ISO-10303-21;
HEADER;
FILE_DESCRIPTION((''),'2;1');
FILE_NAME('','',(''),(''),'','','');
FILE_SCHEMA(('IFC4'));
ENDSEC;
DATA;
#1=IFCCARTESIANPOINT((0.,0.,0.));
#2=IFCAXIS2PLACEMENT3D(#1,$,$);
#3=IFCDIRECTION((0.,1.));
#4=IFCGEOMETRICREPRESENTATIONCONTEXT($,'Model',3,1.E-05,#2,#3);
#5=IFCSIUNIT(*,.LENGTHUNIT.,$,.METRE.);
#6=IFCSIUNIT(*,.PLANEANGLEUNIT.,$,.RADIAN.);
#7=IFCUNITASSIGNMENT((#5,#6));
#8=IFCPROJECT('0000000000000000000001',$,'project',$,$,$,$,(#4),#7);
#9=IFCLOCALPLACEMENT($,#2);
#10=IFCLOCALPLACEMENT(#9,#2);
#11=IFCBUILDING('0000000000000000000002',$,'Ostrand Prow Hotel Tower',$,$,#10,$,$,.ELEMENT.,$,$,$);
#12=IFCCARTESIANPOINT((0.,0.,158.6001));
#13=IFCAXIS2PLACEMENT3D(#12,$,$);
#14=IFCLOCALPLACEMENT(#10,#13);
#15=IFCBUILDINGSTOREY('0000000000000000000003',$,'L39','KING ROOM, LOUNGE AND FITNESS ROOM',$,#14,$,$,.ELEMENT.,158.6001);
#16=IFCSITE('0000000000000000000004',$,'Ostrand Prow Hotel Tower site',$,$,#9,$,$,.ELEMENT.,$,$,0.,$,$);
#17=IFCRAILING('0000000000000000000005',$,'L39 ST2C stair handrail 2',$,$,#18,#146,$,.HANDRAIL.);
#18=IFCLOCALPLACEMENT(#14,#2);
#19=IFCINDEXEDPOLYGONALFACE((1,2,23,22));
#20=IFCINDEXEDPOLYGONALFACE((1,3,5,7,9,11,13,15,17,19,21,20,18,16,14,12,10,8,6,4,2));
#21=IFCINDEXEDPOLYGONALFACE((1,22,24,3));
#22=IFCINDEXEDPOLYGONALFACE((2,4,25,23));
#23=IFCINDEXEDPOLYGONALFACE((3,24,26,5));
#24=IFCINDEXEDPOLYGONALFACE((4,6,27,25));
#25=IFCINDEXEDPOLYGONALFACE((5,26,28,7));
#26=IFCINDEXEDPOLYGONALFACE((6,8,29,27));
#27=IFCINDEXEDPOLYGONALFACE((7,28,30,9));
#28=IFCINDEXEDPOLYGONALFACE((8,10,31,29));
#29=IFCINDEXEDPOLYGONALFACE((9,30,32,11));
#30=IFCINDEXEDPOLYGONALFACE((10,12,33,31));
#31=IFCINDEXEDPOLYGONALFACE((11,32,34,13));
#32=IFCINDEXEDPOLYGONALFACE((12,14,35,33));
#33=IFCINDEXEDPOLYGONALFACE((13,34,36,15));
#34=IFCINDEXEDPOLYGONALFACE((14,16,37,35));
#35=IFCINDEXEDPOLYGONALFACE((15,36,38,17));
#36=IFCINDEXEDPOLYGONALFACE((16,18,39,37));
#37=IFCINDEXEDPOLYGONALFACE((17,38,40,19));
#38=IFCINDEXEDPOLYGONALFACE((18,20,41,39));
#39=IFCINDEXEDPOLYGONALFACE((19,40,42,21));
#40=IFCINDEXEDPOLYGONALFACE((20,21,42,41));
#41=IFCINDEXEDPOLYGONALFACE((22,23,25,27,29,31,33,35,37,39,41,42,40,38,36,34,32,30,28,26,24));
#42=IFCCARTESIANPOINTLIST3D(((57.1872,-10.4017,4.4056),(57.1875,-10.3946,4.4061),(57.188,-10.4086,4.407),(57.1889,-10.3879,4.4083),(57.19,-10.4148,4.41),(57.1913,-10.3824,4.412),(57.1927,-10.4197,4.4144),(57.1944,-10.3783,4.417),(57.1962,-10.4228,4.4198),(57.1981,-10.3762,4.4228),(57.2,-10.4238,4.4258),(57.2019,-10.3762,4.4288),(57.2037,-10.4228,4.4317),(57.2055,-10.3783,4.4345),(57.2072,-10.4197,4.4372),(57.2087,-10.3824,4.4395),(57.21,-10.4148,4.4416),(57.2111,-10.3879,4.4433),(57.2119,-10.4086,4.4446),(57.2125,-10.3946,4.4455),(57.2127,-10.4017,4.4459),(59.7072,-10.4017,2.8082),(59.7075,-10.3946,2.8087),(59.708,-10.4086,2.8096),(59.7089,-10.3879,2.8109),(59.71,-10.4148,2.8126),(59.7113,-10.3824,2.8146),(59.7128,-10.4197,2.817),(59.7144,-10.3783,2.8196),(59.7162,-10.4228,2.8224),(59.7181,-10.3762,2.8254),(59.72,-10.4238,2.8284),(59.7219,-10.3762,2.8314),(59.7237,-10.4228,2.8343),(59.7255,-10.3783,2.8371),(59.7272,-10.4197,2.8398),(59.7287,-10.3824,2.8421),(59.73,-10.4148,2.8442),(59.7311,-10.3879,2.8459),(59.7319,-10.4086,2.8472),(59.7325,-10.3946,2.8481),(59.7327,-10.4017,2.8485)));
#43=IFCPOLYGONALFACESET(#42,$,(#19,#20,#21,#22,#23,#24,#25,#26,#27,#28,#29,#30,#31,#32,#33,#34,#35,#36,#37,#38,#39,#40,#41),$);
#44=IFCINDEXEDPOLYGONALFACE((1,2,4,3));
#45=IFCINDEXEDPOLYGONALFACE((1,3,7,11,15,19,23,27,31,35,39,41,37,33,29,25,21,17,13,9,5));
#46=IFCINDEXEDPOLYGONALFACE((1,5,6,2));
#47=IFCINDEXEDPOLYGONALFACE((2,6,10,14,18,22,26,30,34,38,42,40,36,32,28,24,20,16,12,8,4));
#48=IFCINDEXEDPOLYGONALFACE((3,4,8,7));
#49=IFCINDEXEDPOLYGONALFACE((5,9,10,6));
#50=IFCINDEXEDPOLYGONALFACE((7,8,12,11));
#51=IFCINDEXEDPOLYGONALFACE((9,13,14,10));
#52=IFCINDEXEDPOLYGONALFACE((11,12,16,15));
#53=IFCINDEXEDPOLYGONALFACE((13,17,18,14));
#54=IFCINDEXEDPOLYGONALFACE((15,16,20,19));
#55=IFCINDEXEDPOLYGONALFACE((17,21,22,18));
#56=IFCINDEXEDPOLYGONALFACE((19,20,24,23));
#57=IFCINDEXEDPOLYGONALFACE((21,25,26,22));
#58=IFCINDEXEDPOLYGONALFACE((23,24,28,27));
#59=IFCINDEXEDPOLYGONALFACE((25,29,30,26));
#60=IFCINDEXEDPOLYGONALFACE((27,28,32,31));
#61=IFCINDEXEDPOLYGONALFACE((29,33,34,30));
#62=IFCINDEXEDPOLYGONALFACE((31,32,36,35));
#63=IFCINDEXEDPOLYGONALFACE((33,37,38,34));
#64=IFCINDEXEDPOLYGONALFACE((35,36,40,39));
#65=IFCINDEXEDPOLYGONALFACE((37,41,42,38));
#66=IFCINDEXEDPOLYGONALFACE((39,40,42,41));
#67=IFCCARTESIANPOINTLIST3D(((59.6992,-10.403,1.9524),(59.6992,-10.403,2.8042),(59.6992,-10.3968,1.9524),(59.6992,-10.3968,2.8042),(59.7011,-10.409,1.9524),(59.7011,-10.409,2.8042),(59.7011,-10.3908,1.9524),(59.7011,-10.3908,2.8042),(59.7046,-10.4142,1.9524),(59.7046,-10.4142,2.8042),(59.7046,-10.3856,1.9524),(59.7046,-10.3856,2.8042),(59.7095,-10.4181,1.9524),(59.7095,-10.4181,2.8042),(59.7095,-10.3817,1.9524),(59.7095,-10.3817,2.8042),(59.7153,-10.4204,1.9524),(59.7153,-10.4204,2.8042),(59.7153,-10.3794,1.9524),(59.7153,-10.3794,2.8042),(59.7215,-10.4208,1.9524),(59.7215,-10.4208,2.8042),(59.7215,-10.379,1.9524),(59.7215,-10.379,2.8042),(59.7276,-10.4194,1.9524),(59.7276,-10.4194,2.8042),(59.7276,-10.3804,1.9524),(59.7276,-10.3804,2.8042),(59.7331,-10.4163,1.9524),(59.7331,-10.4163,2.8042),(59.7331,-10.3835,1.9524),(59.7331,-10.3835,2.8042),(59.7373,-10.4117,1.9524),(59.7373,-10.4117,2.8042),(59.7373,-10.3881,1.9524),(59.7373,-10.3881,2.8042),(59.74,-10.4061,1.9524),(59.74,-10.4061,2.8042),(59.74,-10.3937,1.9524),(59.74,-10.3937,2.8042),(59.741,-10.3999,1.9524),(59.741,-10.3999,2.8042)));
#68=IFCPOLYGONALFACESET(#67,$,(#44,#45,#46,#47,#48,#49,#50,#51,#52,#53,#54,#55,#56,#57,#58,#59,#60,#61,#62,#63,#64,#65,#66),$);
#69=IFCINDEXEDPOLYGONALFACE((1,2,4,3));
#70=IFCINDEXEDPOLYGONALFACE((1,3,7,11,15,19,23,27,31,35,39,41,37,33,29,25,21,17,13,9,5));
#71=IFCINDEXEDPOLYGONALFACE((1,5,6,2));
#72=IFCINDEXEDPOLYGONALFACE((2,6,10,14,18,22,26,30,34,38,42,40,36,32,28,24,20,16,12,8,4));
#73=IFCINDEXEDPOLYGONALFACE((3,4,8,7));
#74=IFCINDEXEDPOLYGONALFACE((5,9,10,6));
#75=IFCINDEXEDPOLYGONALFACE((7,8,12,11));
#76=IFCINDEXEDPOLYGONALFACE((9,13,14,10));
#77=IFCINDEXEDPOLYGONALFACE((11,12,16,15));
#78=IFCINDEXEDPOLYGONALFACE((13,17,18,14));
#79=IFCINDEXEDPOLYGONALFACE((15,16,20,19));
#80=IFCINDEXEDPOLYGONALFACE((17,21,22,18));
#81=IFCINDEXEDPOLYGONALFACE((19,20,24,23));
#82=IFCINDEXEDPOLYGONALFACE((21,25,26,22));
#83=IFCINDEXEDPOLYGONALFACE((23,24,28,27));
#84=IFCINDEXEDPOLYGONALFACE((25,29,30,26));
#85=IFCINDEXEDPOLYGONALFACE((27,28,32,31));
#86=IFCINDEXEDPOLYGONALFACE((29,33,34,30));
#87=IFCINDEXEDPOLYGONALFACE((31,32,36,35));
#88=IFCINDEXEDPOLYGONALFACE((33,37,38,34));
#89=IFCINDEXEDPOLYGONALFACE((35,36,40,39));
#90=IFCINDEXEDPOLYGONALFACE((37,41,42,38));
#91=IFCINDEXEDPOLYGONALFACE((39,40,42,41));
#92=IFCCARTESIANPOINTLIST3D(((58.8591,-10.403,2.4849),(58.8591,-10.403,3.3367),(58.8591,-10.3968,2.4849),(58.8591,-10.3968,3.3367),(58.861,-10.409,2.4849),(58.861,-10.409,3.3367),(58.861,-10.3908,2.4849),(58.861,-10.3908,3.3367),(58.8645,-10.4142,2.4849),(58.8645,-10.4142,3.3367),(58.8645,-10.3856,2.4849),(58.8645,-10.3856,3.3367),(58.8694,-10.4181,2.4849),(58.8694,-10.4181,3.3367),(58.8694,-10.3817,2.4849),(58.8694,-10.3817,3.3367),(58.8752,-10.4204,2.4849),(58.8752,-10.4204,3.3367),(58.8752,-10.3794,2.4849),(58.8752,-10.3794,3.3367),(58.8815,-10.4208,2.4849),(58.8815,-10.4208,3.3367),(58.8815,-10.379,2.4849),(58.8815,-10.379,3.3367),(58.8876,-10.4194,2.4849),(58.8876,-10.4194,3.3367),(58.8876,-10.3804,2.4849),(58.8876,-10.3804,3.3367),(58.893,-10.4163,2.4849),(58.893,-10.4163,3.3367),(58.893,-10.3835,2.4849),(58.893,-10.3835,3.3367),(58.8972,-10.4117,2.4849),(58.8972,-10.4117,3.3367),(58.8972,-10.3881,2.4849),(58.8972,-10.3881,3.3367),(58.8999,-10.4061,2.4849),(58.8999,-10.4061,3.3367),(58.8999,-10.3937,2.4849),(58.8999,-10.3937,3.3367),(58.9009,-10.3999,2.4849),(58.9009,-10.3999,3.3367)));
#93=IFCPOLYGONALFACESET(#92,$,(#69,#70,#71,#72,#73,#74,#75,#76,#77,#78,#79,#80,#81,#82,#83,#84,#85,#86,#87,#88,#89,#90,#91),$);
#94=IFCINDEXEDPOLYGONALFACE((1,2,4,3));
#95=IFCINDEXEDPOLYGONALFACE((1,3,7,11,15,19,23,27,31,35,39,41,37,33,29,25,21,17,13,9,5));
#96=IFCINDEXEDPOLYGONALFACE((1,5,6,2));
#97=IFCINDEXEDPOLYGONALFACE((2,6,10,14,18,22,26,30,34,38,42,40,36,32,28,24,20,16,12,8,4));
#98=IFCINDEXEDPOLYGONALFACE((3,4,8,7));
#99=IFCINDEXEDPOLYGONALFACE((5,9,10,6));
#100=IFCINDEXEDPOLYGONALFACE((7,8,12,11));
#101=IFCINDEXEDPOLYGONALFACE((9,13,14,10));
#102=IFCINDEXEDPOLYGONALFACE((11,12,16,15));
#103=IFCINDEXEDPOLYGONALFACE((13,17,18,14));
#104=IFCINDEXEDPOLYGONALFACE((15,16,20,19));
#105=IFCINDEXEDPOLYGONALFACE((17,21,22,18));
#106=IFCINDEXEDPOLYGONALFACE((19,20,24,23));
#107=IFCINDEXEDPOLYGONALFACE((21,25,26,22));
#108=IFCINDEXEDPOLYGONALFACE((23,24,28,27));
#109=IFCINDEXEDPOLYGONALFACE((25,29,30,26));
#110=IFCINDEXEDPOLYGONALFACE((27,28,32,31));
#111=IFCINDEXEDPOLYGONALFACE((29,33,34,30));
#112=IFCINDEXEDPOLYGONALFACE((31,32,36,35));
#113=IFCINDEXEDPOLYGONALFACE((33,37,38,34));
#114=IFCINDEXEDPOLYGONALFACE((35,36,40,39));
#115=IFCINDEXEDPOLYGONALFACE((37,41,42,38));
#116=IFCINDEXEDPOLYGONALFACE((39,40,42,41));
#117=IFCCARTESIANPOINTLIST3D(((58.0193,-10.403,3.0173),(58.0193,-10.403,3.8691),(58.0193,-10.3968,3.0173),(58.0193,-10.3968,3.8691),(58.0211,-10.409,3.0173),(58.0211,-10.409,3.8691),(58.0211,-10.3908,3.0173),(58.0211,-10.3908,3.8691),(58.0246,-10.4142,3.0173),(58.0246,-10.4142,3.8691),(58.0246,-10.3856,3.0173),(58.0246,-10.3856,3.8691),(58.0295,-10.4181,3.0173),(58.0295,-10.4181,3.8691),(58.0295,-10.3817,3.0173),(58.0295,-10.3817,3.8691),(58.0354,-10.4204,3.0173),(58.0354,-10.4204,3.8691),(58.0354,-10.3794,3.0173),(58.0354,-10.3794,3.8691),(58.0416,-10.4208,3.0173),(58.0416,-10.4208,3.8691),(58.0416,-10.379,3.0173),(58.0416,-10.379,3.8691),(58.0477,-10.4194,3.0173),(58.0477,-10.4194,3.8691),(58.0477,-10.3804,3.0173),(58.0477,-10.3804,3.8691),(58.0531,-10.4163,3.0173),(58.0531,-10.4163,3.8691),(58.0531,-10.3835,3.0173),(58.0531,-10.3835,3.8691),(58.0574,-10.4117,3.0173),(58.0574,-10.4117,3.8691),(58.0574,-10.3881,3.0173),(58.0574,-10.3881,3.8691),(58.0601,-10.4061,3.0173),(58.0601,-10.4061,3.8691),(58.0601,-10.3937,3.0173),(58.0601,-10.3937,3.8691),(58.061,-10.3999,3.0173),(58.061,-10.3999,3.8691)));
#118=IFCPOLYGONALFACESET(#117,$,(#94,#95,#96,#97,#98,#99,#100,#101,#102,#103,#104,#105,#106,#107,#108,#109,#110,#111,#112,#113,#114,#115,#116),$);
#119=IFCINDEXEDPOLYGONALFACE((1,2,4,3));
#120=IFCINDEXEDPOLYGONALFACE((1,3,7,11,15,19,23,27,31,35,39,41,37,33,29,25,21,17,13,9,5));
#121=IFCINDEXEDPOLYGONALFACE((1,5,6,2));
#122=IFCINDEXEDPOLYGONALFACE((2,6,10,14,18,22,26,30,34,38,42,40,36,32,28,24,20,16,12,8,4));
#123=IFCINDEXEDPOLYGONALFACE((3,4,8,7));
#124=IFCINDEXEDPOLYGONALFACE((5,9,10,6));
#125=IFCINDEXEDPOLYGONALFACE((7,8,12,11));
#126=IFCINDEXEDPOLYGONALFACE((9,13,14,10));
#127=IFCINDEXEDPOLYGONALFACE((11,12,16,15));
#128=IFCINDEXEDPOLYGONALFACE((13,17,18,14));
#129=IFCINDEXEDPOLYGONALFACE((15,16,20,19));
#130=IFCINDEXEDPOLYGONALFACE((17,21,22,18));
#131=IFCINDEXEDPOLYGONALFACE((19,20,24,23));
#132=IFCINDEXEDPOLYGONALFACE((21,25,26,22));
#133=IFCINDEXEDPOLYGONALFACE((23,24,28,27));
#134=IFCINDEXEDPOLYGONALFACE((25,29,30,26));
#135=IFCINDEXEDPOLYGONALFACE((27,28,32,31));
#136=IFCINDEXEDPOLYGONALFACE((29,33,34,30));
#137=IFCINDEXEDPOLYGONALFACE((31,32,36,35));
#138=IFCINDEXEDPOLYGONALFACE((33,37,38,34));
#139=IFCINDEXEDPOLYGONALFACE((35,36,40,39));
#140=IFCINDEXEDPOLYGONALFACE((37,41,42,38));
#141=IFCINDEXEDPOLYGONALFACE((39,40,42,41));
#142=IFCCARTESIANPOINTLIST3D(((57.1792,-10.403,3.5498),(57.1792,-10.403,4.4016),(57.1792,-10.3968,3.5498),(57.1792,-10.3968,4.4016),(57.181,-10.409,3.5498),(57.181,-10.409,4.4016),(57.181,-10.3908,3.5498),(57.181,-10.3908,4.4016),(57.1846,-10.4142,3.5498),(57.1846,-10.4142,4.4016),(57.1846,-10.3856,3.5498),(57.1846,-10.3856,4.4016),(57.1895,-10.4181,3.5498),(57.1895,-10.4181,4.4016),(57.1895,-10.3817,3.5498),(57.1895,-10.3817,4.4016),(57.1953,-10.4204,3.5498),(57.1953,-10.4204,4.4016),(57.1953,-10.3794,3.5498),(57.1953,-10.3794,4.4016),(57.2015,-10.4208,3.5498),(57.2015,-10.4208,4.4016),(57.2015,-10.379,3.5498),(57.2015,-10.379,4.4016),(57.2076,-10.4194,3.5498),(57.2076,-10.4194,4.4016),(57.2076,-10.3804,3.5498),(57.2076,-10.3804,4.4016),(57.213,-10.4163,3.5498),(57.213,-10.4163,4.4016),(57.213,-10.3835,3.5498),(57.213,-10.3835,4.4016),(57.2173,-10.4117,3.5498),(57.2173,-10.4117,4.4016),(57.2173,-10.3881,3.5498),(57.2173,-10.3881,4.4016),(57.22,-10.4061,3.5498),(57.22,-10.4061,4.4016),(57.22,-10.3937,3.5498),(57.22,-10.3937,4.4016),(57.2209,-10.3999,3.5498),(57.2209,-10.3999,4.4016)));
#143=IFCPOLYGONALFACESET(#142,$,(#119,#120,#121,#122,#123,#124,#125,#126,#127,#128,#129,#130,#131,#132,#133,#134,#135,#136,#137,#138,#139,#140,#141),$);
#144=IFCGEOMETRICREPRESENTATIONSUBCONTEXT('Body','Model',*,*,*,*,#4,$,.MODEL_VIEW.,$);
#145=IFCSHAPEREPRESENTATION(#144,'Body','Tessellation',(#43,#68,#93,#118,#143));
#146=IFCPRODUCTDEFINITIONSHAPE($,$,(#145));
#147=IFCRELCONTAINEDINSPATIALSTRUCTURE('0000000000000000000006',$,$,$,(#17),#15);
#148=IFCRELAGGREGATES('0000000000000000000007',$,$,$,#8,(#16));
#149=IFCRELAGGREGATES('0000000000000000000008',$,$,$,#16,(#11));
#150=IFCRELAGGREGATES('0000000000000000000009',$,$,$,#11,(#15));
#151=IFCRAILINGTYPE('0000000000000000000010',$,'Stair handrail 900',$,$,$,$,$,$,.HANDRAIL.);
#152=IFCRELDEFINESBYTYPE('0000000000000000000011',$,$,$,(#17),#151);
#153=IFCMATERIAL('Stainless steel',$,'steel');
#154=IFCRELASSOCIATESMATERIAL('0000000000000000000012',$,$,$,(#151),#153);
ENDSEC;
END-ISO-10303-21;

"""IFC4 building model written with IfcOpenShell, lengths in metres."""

from ifc_helpers import new_model, si_unit, direction, frame, origin, origin_2d, place, context, subcontext, project, spatial, circle, extrude, material, type_object, element, save


model = new_model("IFC4")

# Units and contexts
model_context = context("Model", 3, precision=1e-05, world=origin(), true_north=direction((0.0, 1.0)))
body_context = subcontext(model_context, "Body", "Model", "MODEL_VIEW")
ifc_project = project(units=[si_unit("LENGTHUNIT", "METRE"), si_unit("PLANEANGLEUNIT", "RADIAN")], contexts=[model_context])

# Site, building, storey
site_placement = place(None, origin())
site = spatial("IfcSite", under=ifc_project, at=site_placement, Name="Ostrand Prow Hotel Tower site", CompositionType="ELEMENT", RefElevation=0.0)
building_placement = place(site_placement, origin())
building = spatial("IfcBuilding", under=site, at=building_placement, Name="Ostrand Prow Hotel Tower", CompositionType="ELEMENT")
storey_placement = place(building_placement, frame((0.0, 0.0, 158.6001)))
storey = spatial("IfcBuildingStorey", under=building, at=storey_placement, Name="L39", Description="KING ROOM, LOUNGE AND FITNESS ROOM", CompositionType="ELEMENT", Elevation=158.6001)

# Railing
ifc_material_1 = material(Name="Stainless steel", Category="steel")
railing_type_1 = type_object("IfcRailingType", Name="Stair handrail 900", PredefinedType="HANDRAIL", material=ifc_material_1)
railing_1_placement = place(storey_placement, frame((59.72, -10.3999, 1.9524)))
element("IfcRailing", 1, at=railing_1_placement, inside=storey, type_object=railing_type_1, Name="L39 ST2C stair handrail 2", PredefinedType="HANDRAIL", context=body_context, shape_type="SweptSolid", body=[
    extrude(circle(Radius=0.0239, at=origin_2d()), frame((0.0, 0.0, 0.876), z_axis=(-0.844607, 0.0, 0.535387), x_axis=(0.0, -1.0, 0.0)), (0.0, 0.0, 1.0), 2.9836),
    extrude(circle(Radius=0.021, at=origin_2d()), origin(), (0.0, 0.0, 1.0), 0.8518),
    extrude(circle(Radius=0.021, at=origin_2d()), frame((-0.8401, 0.0, 0.5325)), (0.0, 0.0, 1.0), 0.8518),
    extrude(circle(Radius=0.021, at=origin_2d()), frame((-1.6799, 0.0, 1.0649)), (0.0, 0.0, 1.0), 0.8518),
    extrude(circle(Radius=0.021, at=origin_2d()), frame((-2.52, 0.0, 1.5974)), (0.0, 0.0, 1.0), 0.8518),
])

save(model, "model.ifc")
